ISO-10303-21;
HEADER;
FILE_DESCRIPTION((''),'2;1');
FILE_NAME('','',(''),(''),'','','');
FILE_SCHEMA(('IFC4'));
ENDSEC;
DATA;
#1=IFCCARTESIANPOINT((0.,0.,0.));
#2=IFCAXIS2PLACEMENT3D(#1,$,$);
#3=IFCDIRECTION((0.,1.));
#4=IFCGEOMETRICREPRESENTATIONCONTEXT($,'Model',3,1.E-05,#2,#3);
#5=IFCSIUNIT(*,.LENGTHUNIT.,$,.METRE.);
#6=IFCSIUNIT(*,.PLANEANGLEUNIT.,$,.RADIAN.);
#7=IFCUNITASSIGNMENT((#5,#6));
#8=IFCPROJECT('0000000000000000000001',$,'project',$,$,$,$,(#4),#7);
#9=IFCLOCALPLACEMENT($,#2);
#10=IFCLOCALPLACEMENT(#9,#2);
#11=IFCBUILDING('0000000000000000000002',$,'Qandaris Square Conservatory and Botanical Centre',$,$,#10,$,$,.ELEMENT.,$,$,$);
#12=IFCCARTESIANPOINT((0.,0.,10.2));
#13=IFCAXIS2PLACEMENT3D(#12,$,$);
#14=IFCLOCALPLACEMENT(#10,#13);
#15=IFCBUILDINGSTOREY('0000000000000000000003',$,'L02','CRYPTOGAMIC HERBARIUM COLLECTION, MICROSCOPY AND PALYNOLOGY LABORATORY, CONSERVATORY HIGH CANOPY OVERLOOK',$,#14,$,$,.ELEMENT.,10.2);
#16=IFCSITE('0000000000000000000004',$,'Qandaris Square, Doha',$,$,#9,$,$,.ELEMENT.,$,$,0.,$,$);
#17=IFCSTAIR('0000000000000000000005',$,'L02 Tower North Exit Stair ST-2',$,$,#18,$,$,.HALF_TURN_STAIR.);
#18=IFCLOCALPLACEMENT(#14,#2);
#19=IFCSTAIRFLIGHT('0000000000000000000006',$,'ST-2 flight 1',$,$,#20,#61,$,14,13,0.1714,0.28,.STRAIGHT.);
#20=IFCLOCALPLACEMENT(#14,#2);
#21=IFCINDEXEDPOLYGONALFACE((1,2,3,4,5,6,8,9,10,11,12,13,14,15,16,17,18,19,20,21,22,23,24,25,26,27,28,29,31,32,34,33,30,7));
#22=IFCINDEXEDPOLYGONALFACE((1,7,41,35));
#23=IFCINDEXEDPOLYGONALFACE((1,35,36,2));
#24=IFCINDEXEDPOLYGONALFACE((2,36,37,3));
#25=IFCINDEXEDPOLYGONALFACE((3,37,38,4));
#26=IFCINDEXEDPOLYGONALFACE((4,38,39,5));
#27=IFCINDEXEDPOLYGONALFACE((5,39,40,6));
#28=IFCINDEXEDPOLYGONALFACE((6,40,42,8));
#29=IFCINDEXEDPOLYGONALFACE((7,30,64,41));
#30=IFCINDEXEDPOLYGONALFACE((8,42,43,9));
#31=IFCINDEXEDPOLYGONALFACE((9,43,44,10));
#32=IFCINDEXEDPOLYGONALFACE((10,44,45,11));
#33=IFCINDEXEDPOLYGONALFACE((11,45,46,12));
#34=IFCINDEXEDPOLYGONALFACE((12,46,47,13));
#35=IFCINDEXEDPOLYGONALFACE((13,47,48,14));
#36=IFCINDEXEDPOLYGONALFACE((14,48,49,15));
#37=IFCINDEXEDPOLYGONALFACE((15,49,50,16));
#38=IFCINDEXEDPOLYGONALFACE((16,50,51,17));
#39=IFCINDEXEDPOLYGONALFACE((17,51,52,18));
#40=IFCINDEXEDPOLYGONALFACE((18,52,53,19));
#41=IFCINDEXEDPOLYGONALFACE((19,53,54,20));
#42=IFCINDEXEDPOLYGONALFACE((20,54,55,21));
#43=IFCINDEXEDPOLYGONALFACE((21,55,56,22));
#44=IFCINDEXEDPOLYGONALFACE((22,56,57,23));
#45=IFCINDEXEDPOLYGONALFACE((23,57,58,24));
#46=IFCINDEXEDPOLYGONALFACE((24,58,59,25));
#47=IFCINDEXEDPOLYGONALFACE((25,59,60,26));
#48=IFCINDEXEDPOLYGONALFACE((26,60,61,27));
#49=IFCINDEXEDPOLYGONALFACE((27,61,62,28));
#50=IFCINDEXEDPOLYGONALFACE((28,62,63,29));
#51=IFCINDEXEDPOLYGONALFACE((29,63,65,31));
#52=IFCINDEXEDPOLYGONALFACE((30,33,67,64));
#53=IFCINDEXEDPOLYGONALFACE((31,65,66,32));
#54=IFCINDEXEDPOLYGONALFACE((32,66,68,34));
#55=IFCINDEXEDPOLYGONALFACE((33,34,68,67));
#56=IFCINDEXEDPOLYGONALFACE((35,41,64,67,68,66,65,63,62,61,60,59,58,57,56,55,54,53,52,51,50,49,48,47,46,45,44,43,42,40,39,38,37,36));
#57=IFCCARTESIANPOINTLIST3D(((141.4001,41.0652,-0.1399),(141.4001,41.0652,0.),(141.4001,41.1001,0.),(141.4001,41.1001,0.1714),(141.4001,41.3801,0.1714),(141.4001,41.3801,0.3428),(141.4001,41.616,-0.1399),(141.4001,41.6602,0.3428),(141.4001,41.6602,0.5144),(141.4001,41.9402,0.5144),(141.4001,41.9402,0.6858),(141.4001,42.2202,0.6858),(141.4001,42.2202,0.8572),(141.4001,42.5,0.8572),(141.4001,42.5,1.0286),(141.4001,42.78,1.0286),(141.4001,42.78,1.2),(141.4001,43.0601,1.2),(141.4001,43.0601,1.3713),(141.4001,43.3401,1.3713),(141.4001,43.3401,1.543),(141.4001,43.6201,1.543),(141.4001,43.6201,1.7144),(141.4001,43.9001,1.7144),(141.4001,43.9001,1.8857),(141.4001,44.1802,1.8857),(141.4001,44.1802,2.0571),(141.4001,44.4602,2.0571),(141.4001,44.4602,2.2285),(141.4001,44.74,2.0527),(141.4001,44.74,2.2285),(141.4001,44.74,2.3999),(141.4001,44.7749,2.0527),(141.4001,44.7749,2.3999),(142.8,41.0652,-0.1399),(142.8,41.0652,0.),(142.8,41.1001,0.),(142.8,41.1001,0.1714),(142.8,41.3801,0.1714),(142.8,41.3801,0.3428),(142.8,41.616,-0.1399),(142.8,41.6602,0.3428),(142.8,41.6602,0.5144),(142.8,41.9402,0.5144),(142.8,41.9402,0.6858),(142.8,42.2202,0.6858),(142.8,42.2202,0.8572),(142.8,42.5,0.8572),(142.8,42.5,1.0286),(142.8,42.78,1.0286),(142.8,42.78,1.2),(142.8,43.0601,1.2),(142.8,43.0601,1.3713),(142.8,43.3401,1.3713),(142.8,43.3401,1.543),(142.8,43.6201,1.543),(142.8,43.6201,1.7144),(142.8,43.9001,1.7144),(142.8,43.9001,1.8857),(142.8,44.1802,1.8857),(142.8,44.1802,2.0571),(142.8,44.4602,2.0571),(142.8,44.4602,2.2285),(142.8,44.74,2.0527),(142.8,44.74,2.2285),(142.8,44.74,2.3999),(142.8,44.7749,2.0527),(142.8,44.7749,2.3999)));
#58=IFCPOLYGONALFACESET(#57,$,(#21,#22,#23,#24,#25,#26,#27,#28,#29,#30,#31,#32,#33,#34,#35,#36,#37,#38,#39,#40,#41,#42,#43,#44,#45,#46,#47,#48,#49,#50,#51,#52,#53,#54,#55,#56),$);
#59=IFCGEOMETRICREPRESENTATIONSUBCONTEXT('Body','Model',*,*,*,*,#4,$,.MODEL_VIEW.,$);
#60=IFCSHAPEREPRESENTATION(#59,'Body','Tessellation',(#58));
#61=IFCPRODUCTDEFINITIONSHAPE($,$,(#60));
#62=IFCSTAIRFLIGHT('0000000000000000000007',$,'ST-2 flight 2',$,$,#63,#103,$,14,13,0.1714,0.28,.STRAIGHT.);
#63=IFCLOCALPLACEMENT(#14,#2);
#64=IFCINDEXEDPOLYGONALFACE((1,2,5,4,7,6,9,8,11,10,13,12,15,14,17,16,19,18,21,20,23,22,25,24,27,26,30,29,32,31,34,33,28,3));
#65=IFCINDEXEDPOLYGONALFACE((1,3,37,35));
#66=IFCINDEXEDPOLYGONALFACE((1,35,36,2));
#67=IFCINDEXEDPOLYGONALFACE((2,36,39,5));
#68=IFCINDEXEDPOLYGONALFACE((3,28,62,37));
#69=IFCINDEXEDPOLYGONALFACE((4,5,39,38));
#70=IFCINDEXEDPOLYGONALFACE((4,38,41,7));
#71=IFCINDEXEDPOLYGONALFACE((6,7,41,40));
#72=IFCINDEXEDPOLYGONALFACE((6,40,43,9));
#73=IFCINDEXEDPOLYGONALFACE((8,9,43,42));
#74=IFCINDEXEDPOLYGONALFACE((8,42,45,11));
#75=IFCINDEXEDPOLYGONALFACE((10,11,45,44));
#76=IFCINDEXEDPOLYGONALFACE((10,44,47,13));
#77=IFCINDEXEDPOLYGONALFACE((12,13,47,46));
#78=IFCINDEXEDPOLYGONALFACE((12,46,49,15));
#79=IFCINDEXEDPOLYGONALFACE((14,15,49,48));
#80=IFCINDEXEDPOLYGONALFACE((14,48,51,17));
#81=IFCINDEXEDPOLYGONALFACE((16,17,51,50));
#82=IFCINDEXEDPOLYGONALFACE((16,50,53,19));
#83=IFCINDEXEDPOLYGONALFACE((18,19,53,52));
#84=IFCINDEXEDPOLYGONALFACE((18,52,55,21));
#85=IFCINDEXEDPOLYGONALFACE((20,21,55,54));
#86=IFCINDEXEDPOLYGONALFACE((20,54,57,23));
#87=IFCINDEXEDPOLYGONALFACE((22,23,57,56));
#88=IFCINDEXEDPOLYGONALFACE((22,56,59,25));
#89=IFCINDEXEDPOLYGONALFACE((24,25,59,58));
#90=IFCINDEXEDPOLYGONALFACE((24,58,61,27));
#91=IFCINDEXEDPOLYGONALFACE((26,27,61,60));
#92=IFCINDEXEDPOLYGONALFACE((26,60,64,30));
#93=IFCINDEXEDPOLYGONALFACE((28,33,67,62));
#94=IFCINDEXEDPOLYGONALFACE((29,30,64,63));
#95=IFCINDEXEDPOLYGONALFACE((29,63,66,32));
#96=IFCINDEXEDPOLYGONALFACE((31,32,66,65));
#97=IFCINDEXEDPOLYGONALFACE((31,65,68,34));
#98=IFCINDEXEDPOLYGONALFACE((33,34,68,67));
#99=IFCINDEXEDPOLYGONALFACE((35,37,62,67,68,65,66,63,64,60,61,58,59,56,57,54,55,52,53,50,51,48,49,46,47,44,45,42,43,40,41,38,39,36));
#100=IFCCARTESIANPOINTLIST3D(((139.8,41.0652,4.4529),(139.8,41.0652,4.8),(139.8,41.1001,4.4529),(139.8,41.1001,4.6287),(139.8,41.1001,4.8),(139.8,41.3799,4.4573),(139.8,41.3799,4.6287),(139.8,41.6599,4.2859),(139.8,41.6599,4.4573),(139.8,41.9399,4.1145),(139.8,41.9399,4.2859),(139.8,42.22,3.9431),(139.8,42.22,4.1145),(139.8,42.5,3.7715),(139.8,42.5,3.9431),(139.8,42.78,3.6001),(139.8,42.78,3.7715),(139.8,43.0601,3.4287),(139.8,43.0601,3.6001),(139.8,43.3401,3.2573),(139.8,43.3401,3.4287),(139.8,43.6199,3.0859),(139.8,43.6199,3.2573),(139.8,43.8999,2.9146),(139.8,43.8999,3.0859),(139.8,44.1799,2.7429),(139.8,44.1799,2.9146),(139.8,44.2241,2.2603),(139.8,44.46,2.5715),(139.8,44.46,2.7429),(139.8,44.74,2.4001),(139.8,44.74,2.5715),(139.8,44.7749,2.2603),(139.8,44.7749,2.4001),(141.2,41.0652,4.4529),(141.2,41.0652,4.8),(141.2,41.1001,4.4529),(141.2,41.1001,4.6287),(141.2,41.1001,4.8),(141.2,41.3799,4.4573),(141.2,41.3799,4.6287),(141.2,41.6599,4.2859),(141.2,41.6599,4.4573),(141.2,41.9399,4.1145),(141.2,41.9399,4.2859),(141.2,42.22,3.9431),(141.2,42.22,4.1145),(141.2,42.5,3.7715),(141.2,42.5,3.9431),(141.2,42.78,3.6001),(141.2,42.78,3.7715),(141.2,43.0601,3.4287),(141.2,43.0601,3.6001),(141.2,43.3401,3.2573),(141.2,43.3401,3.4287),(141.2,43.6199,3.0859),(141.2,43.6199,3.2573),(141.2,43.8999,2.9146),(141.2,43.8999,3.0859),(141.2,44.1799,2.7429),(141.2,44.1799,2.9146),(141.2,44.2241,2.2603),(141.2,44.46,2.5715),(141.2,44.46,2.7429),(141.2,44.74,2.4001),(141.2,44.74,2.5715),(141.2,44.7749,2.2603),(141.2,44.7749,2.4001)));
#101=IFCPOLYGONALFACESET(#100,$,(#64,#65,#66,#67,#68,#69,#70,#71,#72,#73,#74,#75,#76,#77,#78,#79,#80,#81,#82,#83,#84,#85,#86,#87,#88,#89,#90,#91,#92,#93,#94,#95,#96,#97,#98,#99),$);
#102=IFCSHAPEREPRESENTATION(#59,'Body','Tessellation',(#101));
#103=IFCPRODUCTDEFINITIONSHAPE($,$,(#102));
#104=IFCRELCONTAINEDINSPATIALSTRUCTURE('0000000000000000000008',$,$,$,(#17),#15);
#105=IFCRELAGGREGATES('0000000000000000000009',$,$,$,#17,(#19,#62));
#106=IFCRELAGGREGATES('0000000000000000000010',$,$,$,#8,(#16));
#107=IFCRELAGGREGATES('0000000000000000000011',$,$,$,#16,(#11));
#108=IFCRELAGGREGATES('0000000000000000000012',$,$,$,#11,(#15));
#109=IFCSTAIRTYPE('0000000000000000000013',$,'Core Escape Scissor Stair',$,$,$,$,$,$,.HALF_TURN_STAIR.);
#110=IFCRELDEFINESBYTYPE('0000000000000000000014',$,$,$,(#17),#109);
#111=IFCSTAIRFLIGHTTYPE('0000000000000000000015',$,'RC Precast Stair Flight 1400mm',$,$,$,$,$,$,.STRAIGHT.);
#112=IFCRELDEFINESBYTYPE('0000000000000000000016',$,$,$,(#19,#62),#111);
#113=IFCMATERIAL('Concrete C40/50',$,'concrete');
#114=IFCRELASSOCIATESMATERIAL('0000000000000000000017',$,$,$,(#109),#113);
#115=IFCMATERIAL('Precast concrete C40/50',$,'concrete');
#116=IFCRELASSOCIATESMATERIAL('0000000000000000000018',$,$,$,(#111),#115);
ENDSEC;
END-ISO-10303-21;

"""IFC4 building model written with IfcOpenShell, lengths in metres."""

from ifc_helpers import new_model, si_unit, direction, frame, origin, place, context, subcontext, project, spatial, polyline, outline, extrude, material, type_object, element, aggregate, save


model = new_model("IFC4")

# Units and contexts
model_context = context("Model", 3, precision=1e-05, world=origin(), true_north=direction((0.0, 1.0)))
body_context = subcontext(model_context, "Body", "Model", "MODEL_VIEW")
ifc_project = project(units=[si_unit("LENGTHUNIT", "METRE"), si_unit("PLANEANGLEUNIT", "RADIAN")], contexts=[model_context])

# Site, building, storey
site_placement = place(None, origin())
site = spatial("IfcSite", under=ifc_project, at=site_placement, Name="Qandaris Square, Doha", CompositionType="ELEMENT", RefElevation=0.0)
building_placement = place(site_placement, origin())
building = spatial("IfcBuilding", under=site, at=building_placement, Name="Qandaris Square Conservatory and Botanical Centre", CompositionType="ELEMENT")
storey_placement = place(building_placement, frame((0.0, 0.0, 10.2)))
storey = spatial("IfcBuildingStorey", under=building, at=storey_placement, Name="L02", Description="CRYPTOGAMIC HERBARIUM COLLECTION, MICROSCOPY AND PALYNOLOGY LABORATORY, CONSERVATORY HIGH CANOPY OVERLOOK", CompositionType="ELEMENT", Elevation=10.2)

# Shared definitions
ifc_material_1 = material(Name="Concrete C40/50", Category="concrete")

# Stair, stair flights
stair_type = type_object("IfcStairType", Name="Core Escape Scissor Stair", PredefinedType="HALF_TURN_STAIR", material=ifc_material_1)
stair_placement = place(storey_placement, origin())
stair = element("IfcStair", 1, at=stair_placement, inside=storey, type_object=stair_type, Name="L02 Tower North Exit Stair ST-2", PredefinedType="HALF_TURN_STAIR")
ifc_material_2 = material(Name="Precast concrete C40/50", Category="concrete")
stair_flight_type = type_object("IfcStairFlightType", Name="RC Precast Stair Flight 1400mm", PredefinedType="STRAIGHT", material=ifc_material_2)
stair_flight_1_placement = place(storey_placement, frame((142.1001, 41.1001, 0.0), z_axis=(0.0, 0.0, 1.0), x_axis=(0.0, 1.0, 0.0)))
stair_flight_1 = element("IfcStairFlight", 2, at=stair_flight_1_placement, type_object=stair_flight_type, Name="ST-2 flight 1", NumberOfRisers=14, NumberOfTreads=13, PredefinedType="STRAIGHT", RiserHeight=0.1714, TreadLength=0.28, context=body_context, shape_type="SweptSolid", body=[
    extrude(outline(polyline([(-0.0349, 0.0), (0.0, 0.0), (0.0, 0.1714), (0.28, 0.1714), (0.28, 0.3428), (0.5601, 0.3428), (0.5601, 0.5144), (0.8401, 0.5144), (0.8401, 0.6858), (1.1201, 0.6858), (1.1201, 0.8572), (1.3999, 0.8572), (1.3999, 1.0286), (1.6799, 1.0286), (1.6799, 1.2), (1.96, 1.2), (1.96, 1.3713), (2.24, 1.3713), (2.24, 1.543), (2.52, 1.543), (2.52, 1.7144), (2.8, 1.7144), (2.8, 1.8857), (3.0801, 1.8857), (3.0801, 2.0571), (3.3601, 2.0571), (3.3601, 2.2285), (3.6399, 2.2285), (3.6399, 2.3999), (3.6748, 2.3999), (3.6748, 2.0527), (3.6399, 2.0527), (0.5159, -0.1399), (-0.0349, -0.1399), (-0.0349, 0.0)])), frame((0.0, 0.7, 0.0), z_axis=(0.0, -1.0, 0.0), x_axis=(1.0, 0.0, 0.0)), (0.0, 0.0, 1.0), 1.3999),
])
stair_flight_2_placement = place(storey_placement, frame((140.5, 44.74, 2.4001), z_axis=(0.0, 0.0, 1.0), x_axis=(0.0, -1.0, 0.0)))
stair_flight_2 = element("IfcStairFlight", 3, at=stair_flight_2_placement, type_object=stair_flight_type, Name="ST-2 flight 2", NumberOfRisers=14, NumberOfTreads=13, PredefinedType="STRAIGHT", RiserHeight=0.1714, TreadLength=0.28, context=body_context, shape_type="SweptSolid", body=[
    extrude(outline(polyline([(-0.0349, 0.0), (0.0, 0.0), (0.0, 0.1714), (0.28, 0.1714), (0.28, 0.3428), (0.5601, 0.3428), (0.5601, 0.5144), (0.8401, 0.5144), (0.8401, 0.6858), (1.1201, 0.6858), (1.1201, 0.8572), (1.3999, 0.8572), (1.3999, 1.0286), (1.6799, 1.0286), (1.6799, 1.2), (1.96, 1.2), (1.96, 1.3713), (2.24, 1.3713), (2.24, 1.543), (2.52, 1.543), (2.52, 1.7144), (2.8, 1.7144), (2.8, 1.8857), (3.0801, 1.8857), (3.0801, 2.0571), (3.3601, 2.0571), (3.3601, 2.2285), (3.6399, 2.2285), (3.6399, 2.3999), (3.6748, 2.3999), (3.6748, 2.0527), (3.6399, 2.0527), (0.5159, -0.1399), (-0.0349, -0.1399), (-0.0349, 0.0)])), frame((0.0, 0.7, 0.0), z_axis=(0.0, -1.0, 0.0), x_axis=(1.0, 0.0, 0.0)), (0.0, 0.0, 1.0), 1.3999),
])
aggregate(stair, [stair_flight_1, stair_flight_2])

save(model, "model.ifc")
